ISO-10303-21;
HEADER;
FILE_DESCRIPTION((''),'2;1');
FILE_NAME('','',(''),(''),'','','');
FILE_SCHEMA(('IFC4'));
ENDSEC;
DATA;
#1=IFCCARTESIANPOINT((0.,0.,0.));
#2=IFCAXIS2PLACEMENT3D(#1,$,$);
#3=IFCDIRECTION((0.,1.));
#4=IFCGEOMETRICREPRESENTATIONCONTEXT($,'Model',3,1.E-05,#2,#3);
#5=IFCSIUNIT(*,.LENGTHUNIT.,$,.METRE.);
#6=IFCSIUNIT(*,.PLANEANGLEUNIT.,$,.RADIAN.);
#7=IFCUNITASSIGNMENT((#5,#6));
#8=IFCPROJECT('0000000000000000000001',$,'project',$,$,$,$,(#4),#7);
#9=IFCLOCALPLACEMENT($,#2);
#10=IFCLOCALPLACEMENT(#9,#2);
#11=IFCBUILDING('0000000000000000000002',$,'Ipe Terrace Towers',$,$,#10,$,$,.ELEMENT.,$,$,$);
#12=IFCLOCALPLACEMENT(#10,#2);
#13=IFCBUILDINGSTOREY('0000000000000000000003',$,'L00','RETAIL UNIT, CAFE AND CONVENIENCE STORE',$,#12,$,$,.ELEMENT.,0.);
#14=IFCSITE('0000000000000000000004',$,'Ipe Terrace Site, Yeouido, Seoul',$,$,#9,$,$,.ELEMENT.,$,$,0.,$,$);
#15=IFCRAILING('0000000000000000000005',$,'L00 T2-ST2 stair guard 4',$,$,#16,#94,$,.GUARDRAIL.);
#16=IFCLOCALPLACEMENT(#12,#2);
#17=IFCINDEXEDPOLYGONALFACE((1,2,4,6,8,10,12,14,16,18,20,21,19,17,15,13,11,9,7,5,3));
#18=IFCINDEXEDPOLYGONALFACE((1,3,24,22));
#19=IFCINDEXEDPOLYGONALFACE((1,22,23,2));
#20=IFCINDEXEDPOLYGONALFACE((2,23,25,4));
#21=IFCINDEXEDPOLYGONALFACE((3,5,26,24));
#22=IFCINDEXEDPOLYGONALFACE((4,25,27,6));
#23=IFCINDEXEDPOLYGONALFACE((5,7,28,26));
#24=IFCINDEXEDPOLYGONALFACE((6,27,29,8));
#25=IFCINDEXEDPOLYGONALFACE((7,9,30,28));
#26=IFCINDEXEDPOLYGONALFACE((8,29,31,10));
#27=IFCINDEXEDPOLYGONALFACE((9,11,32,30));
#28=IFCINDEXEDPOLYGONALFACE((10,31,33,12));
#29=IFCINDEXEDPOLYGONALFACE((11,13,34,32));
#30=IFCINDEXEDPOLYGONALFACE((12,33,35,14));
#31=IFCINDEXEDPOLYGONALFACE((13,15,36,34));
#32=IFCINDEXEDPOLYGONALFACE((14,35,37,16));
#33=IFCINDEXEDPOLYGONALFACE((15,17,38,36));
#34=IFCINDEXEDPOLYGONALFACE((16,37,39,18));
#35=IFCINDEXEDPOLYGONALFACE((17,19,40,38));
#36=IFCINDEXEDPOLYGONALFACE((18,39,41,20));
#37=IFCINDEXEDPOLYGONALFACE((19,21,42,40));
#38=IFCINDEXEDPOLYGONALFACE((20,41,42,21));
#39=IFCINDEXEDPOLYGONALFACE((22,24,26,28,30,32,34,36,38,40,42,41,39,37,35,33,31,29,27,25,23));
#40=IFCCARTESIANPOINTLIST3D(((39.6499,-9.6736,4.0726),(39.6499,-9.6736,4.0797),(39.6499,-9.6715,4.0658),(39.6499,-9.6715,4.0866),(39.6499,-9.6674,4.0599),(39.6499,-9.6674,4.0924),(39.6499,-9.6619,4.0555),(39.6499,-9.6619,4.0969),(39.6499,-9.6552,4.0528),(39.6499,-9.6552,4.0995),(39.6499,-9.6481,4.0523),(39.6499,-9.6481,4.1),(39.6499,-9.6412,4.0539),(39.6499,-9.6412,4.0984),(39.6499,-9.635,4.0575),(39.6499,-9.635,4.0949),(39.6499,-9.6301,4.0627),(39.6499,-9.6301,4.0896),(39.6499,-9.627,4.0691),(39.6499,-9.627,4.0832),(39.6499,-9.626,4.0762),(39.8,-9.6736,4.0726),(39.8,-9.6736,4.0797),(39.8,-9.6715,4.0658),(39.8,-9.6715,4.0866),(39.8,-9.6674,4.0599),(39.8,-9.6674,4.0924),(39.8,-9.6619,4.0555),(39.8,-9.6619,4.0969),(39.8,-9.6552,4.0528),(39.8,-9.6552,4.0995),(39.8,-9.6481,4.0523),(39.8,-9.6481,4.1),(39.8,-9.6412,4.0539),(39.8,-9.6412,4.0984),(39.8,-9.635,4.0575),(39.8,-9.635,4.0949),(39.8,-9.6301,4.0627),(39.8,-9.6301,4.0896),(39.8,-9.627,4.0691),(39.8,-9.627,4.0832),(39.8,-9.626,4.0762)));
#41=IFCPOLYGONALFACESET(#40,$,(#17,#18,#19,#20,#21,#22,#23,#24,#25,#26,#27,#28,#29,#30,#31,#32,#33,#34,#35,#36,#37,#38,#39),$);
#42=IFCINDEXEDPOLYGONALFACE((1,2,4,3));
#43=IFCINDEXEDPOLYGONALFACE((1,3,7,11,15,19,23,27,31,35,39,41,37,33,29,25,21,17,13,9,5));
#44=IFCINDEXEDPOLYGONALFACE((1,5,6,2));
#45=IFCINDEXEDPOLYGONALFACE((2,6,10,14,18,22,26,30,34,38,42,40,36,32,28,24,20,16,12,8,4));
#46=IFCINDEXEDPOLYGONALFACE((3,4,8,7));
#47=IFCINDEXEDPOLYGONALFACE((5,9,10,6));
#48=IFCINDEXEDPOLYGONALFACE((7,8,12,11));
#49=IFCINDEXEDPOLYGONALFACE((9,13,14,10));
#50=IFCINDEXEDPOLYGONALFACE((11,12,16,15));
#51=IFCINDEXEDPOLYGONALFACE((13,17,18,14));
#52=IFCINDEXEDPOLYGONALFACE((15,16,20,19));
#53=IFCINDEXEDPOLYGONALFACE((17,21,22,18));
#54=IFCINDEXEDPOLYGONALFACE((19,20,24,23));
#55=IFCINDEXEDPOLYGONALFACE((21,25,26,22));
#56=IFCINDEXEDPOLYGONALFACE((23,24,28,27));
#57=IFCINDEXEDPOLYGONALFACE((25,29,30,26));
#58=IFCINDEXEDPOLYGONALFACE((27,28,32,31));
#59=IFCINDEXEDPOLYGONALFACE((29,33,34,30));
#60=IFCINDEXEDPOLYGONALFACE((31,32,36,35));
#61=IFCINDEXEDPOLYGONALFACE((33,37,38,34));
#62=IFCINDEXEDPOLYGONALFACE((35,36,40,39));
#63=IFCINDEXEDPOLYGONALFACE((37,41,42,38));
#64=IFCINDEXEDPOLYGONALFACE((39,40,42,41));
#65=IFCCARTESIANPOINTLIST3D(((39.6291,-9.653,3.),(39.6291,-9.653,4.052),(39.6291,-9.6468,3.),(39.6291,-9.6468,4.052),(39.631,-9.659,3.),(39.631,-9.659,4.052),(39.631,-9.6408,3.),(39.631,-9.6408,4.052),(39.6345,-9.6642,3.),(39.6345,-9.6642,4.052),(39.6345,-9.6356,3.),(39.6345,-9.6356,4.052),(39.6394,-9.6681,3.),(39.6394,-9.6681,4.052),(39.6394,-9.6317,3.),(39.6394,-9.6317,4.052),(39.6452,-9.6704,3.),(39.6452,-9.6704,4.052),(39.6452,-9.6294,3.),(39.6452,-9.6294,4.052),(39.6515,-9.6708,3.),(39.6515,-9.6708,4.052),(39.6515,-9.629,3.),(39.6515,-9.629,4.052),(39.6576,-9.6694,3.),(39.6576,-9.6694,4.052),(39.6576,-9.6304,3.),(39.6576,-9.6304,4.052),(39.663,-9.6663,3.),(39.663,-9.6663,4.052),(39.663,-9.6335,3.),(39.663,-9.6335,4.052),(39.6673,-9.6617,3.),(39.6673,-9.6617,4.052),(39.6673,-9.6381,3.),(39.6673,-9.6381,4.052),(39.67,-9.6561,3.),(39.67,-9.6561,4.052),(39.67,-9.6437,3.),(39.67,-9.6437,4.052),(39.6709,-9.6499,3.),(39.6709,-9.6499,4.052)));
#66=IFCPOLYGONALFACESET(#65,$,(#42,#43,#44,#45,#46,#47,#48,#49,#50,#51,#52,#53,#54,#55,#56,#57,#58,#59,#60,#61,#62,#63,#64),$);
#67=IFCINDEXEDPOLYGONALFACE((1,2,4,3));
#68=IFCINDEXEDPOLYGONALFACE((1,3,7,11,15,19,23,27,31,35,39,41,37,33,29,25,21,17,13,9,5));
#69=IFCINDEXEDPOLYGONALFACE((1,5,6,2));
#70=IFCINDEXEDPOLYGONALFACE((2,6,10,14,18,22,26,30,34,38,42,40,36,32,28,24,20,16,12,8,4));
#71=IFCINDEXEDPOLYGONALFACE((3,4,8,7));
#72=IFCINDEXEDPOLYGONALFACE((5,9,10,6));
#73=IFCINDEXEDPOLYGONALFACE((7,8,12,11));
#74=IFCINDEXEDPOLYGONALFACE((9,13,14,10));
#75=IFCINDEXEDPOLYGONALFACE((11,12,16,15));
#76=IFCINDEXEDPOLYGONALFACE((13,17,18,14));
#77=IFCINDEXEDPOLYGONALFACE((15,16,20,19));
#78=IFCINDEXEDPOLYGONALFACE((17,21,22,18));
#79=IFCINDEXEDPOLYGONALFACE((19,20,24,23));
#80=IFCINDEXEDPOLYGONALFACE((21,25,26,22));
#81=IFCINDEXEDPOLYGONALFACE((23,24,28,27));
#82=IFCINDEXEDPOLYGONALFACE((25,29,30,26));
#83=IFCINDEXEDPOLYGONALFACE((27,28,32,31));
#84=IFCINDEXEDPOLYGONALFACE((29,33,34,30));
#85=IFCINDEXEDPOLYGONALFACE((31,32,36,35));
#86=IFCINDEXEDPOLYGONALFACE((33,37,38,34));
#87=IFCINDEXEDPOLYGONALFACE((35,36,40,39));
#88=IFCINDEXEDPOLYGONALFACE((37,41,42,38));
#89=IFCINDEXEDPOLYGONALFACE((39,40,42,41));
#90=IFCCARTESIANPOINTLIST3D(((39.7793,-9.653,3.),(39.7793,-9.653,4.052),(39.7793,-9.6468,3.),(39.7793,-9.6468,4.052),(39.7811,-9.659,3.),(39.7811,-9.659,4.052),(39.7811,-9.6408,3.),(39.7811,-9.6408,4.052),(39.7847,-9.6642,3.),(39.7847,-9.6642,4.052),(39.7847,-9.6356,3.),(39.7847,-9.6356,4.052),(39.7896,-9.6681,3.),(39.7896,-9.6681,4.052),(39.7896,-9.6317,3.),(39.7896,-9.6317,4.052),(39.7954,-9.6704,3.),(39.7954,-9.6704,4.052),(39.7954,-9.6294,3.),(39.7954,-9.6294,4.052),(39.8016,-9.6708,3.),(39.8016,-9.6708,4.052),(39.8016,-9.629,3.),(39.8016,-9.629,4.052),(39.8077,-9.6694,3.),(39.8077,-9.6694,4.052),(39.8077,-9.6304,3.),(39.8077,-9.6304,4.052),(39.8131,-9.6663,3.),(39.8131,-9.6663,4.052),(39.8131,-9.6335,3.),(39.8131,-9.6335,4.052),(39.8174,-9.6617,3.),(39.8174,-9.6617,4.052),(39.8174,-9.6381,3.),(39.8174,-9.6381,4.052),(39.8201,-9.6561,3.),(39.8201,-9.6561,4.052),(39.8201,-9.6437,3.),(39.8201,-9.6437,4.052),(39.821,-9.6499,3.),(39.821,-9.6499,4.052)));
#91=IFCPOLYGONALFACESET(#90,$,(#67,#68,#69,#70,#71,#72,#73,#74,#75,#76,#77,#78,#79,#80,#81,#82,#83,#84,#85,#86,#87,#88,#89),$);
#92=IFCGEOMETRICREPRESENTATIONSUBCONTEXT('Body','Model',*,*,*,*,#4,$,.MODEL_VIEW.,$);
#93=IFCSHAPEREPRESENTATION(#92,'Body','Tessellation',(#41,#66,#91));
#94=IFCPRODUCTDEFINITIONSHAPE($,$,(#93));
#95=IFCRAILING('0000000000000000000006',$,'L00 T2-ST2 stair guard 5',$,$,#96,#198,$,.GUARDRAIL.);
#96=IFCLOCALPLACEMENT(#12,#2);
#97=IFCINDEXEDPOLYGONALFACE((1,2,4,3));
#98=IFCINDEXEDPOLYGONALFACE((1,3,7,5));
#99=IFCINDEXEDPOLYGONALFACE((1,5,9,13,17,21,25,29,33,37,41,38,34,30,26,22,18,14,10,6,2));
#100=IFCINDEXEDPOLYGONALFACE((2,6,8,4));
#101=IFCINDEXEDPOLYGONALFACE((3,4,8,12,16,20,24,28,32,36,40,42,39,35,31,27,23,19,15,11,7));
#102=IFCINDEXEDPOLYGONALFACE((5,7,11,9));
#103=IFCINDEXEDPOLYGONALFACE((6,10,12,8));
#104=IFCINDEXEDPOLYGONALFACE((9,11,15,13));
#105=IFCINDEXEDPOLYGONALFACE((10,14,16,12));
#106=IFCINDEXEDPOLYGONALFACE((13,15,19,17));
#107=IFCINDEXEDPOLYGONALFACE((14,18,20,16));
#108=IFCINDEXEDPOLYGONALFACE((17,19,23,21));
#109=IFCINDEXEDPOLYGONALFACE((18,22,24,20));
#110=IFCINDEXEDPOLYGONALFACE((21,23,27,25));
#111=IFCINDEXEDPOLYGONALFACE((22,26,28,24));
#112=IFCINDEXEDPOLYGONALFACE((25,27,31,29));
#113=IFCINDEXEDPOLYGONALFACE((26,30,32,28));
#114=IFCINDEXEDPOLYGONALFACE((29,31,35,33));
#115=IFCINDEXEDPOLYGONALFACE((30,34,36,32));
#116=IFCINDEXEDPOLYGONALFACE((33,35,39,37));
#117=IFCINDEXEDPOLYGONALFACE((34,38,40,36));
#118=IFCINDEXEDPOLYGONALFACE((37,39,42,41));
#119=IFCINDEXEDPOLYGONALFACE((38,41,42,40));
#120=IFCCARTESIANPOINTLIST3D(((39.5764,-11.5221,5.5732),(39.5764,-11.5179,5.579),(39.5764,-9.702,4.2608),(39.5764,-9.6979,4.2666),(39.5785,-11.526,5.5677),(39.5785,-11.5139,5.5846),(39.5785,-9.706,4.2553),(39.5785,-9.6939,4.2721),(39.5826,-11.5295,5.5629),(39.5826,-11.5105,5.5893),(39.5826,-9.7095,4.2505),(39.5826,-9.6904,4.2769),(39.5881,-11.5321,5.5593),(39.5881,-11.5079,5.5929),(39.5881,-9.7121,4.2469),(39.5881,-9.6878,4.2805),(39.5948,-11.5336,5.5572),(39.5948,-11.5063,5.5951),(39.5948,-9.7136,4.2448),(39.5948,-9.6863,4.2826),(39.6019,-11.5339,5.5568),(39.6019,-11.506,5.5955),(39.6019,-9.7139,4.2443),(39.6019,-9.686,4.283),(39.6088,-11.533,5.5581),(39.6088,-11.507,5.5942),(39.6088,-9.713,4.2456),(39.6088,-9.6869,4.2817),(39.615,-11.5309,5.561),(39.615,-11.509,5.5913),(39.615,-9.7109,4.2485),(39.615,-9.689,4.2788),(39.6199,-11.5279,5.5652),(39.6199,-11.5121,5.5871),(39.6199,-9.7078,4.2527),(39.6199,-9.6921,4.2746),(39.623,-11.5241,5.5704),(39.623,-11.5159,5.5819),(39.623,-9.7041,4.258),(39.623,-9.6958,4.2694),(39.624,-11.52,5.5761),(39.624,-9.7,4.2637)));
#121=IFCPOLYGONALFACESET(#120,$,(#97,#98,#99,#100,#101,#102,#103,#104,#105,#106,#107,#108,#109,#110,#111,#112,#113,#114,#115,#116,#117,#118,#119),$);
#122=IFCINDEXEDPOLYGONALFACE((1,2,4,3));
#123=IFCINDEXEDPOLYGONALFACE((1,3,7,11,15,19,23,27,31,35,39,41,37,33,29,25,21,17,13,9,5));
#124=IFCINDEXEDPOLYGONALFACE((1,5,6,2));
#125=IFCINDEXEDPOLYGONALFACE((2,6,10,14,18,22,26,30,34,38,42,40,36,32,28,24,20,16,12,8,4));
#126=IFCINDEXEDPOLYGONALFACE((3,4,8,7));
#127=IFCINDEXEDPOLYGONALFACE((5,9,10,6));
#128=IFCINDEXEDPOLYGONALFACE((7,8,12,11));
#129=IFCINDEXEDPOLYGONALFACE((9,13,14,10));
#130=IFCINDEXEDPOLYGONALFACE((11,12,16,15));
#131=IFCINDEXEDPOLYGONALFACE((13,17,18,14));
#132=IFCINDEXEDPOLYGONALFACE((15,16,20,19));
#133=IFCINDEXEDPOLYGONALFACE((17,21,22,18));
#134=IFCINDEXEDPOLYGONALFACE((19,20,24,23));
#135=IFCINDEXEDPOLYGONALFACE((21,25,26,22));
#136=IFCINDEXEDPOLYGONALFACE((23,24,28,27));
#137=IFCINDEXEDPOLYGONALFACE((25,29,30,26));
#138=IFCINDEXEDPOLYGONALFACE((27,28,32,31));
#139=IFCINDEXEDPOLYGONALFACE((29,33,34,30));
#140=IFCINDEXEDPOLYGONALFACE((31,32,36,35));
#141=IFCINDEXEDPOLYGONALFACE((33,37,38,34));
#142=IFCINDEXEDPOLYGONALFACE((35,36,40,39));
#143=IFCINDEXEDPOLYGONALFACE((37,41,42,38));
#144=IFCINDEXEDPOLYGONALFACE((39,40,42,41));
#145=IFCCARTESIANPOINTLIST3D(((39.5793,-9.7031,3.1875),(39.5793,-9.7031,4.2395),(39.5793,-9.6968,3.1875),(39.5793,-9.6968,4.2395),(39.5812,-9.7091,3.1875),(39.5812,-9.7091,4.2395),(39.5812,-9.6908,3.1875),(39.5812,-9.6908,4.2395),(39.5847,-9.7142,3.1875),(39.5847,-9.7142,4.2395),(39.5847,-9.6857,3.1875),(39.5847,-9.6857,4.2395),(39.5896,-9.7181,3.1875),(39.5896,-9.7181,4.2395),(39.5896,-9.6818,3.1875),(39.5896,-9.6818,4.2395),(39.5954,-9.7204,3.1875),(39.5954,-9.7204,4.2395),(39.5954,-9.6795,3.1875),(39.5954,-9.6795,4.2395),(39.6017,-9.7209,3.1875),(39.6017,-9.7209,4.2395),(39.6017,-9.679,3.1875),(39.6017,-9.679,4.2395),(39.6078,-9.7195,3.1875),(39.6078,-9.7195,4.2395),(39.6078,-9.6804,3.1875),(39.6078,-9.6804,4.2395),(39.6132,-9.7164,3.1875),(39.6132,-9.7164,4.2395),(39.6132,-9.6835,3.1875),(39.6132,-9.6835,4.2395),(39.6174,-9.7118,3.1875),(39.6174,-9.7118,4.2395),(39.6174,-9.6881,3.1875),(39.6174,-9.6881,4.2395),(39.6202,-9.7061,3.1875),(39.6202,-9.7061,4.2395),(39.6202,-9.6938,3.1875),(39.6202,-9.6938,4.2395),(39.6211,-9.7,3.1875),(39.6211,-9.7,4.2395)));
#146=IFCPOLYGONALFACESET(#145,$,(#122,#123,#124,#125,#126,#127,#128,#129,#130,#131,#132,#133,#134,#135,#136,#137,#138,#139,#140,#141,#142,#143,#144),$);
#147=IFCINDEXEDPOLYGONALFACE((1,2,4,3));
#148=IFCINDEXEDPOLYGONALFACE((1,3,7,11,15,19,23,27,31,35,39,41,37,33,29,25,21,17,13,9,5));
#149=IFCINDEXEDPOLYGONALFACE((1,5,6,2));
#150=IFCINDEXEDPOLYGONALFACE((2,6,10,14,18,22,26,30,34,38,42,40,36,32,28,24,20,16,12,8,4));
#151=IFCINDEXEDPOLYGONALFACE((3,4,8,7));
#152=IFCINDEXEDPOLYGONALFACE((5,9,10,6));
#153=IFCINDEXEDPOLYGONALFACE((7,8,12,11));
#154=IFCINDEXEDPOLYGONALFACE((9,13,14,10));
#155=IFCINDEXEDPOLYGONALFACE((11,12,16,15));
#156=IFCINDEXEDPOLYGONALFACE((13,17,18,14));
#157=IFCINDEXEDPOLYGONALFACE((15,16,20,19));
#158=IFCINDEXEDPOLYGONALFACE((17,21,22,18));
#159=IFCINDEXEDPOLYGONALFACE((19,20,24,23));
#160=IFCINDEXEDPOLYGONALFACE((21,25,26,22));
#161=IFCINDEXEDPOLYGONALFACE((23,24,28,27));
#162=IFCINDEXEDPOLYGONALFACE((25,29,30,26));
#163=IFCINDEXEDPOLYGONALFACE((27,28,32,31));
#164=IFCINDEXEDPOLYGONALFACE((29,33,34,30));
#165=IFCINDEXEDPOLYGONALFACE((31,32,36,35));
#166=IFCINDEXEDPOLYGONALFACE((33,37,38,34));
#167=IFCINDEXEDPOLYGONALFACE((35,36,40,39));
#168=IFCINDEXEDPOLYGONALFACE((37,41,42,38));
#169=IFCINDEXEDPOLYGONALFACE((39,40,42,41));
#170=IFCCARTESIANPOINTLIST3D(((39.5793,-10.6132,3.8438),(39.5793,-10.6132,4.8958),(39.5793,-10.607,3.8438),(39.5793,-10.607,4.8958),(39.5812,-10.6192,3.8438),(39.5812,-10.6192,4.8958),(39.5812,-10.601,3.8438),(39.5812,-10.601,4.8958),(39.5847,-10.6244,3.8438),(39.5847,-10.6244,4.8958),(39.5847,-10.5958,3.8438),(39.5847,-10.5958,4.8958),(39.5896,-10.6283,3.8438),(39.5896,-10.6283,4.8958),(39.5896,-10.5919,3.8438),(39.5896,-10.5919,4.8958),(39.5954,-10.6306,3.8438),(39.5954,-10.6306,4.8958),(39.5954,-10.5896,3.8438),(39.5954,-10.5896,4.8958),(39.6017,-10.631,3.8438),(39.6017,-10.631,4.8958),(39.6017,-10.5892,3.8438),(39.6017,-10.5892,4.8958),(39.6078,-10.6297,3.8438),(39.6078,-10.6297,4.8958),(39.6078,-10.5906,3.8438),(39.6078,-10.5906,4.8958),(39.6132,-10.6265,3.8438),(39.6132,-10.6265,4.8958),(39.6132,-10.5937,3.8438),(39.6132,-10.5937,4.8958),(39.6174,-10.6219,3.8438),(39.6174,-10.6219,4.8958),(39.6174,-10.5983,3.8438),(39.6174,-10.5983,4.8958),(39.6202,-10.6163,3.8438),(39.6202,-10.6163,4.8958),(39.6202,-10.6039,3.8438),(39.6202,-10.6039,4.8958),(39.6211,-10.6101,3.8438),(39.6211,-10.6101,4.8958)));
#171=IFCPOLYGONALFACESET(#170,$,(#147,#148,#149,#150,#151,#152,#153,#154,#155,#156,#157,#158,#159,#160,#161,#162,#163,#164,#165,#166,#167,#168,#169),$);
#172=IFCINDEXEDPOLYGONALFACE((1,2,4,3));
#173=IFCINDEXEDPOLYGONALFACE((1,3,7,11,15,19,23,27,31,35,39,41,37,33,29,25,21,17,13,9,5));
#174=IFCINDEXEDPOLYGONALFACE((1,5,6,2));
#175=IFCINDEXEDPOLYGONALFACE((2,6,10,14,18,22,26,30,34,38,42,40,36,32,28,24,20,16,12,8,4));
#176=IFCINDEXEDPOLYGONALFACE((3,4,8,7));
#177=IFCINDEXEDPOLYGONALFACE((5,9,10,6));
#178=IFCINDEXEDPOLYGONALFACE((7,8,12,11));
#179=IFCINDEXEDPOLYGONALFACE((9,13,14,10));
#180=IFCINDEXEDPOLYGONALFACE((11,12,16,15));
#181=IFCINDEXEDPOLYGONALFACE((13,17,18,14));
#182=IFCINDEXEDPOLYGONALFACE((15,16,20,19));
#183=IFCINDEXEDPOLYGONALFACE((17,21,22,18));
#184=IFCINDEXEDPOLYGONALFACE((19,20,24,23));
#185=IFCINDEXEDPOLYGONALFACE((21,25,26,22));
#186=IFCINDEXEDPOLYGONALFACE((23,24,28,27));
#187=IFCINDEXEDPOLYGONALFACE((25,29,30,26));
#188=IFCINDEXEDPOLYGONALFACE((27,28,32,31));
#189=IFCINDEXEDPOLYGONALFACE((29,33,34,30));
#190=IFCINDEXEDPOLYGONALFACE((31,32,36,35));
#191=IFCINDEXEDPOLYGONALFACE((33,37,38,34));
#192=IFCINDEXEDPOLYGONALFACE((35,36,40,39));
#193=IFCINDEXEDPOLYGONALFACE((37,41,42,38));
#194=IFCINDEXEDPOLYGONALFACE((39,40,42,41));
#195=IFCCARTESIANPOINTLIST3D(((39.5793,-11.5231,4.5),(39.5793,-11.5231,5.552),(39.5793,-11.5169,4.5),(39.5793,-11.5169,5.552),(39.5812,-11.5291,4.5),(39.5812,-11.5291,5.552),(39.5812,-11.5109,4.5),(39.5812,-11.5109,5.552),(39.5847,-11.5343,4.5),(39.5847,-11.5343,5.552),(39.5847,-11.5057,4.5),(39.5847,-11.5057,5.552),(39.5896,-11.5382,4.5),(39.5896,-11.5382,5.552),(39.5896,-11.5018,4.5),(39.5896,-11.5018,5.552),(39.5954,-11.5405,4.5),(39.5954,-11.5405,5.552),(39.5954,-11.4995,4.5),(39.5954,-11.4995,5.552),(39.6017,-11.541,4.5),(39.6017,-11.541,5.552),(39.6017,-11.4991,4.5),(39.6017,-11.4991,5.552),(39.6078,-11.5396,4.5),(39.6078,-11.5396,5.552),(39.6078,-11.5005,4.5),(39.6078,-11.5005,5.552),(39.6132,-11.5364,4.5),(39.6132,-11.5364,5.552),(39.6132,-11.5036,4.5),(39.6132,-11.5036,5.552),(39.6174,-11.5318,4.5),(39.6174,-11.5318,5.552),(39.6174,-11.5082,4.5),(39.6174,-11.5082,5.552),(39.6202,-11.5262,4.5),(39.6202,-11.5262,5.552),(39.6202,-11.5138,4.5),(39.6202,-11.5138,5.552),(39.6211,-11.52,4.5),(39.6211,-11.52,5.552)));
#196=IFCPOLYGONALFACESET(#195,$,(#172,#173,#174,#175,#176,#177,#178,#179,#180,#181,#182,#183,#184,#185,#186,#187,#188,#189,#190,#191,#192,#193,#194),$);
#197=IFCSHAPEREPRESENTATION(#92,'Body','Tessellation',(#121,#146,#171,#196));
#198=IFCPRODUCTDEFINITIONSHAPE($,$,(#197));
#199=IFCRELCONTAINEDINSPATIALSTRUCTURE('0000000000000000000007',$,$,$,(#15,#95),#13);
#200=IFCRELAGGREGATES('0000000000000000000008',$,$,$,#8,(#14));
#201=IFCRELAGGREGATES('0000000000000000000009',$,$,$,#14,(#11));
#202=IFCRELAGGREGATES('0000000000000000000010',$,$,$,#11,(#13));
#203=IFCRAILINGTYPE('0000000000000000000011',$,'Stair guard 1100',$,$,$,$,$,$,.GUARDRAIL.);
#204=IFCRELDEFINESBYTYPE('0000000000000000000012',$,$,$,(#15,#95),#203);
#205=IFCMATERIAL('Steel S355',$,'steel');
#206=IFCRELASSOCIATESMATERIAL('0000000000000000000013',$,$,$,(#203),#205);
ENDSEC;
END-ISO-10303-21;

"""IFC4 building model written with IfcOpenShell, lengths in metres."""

from ifc_helpers import new_model, si_unit, direction, frame, origin, origin_2d, place, context, subcontext, project, spatial, circle, extrude, material, type_object, element, save


model = new_model("IFC4")

# Units and contexts
model_context = context("Model", 3, precision=1e-05, world=origin(), true_north=direction((0.0, 1.0)))
body_context = subcontext(model_context, "Body", "Model", "MODEL_VIEW")
ifc_project = project(units=[si_unit("LENGTHUNIT", "METRE"), si_unit("PLANEANGLEUNIT", "RADIAN")], contexts=[model_context])

# Site, building, storey
site_placement = place(None, origin())
site = spatial("IfcSite", under=ifc_project, at=site_placement, Name="Ipe Terrace Site, Yeouido, Seoul", CompositionType="ELEMENT", RefElevation=0.0)
building_placement = place(site_placement, origin())
building = spatial("IfcBuilding", under=site, at=building_placement, Name="Ipe Terrace Towers", CompositionType="ELEMENT")
storey_placement = place(building_placement, origin())
storey = spatial("IfcBuildingStorey", under=building, at=storey_placement, Name="L00", Description="RETAIL UNIT, CAFE AND CONVENIENCE STORE", CompositionType="ELEMENT", Elevation=0.0)

# Railings
ifc_material_1 = material(Name="Steel S355", Category="steel")
railing_type_1 = type_object("IfcRailingType", Name="Stair guard 1100", PredefinedType="GUARDRAIL", material=ifc_material_1)
railing_1_placement = place(storey_placement, frame((39.6499, -9.6499, 3.0)))
element("IfcRailing", 1, at=railing_1_placement, inside=storey, type_object=railing_type_1, Name="L00 T2-ST2 stair guard 4", PredefinedType="GUARDRAIL", context=body_context, shape_type="SweptSolid", body=[
    extrude(circle(Radius=0.0239, at=origin_2d()), frame((0.0, 0.0, 1.0762), z_axis=(1.0, 0.0, 0.0), x_axis=(0.0, 1.0, 0.0)), (0.0, 0.0, 1.0), 0.1501),
    extrude(circle(Radius=0.021, at=origin_2d()), origin(), (0.0, 0.0, 1.0), 1.052),
    extrude(circle(Radius=0.021, at=origin_2d()), frame((0.1501, 0.0, 0.0)), (0.0, 0.0, 1.0), 1.052),
])
railing_2_placement = place(storey_placement, frame((39.6001, -9.7, 3.1875)))
element("IfcRailing", 2, at=railing_2_placement, inside=storey, type_object=railing_type_1, Name="L00 T2-ST2 stair guard 5", PredefinedType="GUARDRAIL", context=body_context, shape_type="SweptSolid", body=[
    extrude(circle(Radius=0.0239, at=origin_2d()), frame((0.0, 0.0, 1.0762), z_axis=(0.0, -0.811101, 0.584906), x_axis=(1.0, 0.0, 0.0)), (0.0, 0.0, 1.0), 2.2439),
    extrude(circle(Radius=0.021, at=origin_2d()), origin(), (0.0, 0.0, 1.0), 1.052),
    extrude(circle(Radius=0.021, at=origin_2d()), frame((0.0, -0.9102, 0.6562)), (0.0, 0.0, 1.0), 1.052),
    extrude(circle(Radius=0.021, at=origin_2d()), frame((0.0, -1.8201, 1.3125)), (0.0, 0.0, 1.0), 1.052),
])

save(model, "model.ifc")
